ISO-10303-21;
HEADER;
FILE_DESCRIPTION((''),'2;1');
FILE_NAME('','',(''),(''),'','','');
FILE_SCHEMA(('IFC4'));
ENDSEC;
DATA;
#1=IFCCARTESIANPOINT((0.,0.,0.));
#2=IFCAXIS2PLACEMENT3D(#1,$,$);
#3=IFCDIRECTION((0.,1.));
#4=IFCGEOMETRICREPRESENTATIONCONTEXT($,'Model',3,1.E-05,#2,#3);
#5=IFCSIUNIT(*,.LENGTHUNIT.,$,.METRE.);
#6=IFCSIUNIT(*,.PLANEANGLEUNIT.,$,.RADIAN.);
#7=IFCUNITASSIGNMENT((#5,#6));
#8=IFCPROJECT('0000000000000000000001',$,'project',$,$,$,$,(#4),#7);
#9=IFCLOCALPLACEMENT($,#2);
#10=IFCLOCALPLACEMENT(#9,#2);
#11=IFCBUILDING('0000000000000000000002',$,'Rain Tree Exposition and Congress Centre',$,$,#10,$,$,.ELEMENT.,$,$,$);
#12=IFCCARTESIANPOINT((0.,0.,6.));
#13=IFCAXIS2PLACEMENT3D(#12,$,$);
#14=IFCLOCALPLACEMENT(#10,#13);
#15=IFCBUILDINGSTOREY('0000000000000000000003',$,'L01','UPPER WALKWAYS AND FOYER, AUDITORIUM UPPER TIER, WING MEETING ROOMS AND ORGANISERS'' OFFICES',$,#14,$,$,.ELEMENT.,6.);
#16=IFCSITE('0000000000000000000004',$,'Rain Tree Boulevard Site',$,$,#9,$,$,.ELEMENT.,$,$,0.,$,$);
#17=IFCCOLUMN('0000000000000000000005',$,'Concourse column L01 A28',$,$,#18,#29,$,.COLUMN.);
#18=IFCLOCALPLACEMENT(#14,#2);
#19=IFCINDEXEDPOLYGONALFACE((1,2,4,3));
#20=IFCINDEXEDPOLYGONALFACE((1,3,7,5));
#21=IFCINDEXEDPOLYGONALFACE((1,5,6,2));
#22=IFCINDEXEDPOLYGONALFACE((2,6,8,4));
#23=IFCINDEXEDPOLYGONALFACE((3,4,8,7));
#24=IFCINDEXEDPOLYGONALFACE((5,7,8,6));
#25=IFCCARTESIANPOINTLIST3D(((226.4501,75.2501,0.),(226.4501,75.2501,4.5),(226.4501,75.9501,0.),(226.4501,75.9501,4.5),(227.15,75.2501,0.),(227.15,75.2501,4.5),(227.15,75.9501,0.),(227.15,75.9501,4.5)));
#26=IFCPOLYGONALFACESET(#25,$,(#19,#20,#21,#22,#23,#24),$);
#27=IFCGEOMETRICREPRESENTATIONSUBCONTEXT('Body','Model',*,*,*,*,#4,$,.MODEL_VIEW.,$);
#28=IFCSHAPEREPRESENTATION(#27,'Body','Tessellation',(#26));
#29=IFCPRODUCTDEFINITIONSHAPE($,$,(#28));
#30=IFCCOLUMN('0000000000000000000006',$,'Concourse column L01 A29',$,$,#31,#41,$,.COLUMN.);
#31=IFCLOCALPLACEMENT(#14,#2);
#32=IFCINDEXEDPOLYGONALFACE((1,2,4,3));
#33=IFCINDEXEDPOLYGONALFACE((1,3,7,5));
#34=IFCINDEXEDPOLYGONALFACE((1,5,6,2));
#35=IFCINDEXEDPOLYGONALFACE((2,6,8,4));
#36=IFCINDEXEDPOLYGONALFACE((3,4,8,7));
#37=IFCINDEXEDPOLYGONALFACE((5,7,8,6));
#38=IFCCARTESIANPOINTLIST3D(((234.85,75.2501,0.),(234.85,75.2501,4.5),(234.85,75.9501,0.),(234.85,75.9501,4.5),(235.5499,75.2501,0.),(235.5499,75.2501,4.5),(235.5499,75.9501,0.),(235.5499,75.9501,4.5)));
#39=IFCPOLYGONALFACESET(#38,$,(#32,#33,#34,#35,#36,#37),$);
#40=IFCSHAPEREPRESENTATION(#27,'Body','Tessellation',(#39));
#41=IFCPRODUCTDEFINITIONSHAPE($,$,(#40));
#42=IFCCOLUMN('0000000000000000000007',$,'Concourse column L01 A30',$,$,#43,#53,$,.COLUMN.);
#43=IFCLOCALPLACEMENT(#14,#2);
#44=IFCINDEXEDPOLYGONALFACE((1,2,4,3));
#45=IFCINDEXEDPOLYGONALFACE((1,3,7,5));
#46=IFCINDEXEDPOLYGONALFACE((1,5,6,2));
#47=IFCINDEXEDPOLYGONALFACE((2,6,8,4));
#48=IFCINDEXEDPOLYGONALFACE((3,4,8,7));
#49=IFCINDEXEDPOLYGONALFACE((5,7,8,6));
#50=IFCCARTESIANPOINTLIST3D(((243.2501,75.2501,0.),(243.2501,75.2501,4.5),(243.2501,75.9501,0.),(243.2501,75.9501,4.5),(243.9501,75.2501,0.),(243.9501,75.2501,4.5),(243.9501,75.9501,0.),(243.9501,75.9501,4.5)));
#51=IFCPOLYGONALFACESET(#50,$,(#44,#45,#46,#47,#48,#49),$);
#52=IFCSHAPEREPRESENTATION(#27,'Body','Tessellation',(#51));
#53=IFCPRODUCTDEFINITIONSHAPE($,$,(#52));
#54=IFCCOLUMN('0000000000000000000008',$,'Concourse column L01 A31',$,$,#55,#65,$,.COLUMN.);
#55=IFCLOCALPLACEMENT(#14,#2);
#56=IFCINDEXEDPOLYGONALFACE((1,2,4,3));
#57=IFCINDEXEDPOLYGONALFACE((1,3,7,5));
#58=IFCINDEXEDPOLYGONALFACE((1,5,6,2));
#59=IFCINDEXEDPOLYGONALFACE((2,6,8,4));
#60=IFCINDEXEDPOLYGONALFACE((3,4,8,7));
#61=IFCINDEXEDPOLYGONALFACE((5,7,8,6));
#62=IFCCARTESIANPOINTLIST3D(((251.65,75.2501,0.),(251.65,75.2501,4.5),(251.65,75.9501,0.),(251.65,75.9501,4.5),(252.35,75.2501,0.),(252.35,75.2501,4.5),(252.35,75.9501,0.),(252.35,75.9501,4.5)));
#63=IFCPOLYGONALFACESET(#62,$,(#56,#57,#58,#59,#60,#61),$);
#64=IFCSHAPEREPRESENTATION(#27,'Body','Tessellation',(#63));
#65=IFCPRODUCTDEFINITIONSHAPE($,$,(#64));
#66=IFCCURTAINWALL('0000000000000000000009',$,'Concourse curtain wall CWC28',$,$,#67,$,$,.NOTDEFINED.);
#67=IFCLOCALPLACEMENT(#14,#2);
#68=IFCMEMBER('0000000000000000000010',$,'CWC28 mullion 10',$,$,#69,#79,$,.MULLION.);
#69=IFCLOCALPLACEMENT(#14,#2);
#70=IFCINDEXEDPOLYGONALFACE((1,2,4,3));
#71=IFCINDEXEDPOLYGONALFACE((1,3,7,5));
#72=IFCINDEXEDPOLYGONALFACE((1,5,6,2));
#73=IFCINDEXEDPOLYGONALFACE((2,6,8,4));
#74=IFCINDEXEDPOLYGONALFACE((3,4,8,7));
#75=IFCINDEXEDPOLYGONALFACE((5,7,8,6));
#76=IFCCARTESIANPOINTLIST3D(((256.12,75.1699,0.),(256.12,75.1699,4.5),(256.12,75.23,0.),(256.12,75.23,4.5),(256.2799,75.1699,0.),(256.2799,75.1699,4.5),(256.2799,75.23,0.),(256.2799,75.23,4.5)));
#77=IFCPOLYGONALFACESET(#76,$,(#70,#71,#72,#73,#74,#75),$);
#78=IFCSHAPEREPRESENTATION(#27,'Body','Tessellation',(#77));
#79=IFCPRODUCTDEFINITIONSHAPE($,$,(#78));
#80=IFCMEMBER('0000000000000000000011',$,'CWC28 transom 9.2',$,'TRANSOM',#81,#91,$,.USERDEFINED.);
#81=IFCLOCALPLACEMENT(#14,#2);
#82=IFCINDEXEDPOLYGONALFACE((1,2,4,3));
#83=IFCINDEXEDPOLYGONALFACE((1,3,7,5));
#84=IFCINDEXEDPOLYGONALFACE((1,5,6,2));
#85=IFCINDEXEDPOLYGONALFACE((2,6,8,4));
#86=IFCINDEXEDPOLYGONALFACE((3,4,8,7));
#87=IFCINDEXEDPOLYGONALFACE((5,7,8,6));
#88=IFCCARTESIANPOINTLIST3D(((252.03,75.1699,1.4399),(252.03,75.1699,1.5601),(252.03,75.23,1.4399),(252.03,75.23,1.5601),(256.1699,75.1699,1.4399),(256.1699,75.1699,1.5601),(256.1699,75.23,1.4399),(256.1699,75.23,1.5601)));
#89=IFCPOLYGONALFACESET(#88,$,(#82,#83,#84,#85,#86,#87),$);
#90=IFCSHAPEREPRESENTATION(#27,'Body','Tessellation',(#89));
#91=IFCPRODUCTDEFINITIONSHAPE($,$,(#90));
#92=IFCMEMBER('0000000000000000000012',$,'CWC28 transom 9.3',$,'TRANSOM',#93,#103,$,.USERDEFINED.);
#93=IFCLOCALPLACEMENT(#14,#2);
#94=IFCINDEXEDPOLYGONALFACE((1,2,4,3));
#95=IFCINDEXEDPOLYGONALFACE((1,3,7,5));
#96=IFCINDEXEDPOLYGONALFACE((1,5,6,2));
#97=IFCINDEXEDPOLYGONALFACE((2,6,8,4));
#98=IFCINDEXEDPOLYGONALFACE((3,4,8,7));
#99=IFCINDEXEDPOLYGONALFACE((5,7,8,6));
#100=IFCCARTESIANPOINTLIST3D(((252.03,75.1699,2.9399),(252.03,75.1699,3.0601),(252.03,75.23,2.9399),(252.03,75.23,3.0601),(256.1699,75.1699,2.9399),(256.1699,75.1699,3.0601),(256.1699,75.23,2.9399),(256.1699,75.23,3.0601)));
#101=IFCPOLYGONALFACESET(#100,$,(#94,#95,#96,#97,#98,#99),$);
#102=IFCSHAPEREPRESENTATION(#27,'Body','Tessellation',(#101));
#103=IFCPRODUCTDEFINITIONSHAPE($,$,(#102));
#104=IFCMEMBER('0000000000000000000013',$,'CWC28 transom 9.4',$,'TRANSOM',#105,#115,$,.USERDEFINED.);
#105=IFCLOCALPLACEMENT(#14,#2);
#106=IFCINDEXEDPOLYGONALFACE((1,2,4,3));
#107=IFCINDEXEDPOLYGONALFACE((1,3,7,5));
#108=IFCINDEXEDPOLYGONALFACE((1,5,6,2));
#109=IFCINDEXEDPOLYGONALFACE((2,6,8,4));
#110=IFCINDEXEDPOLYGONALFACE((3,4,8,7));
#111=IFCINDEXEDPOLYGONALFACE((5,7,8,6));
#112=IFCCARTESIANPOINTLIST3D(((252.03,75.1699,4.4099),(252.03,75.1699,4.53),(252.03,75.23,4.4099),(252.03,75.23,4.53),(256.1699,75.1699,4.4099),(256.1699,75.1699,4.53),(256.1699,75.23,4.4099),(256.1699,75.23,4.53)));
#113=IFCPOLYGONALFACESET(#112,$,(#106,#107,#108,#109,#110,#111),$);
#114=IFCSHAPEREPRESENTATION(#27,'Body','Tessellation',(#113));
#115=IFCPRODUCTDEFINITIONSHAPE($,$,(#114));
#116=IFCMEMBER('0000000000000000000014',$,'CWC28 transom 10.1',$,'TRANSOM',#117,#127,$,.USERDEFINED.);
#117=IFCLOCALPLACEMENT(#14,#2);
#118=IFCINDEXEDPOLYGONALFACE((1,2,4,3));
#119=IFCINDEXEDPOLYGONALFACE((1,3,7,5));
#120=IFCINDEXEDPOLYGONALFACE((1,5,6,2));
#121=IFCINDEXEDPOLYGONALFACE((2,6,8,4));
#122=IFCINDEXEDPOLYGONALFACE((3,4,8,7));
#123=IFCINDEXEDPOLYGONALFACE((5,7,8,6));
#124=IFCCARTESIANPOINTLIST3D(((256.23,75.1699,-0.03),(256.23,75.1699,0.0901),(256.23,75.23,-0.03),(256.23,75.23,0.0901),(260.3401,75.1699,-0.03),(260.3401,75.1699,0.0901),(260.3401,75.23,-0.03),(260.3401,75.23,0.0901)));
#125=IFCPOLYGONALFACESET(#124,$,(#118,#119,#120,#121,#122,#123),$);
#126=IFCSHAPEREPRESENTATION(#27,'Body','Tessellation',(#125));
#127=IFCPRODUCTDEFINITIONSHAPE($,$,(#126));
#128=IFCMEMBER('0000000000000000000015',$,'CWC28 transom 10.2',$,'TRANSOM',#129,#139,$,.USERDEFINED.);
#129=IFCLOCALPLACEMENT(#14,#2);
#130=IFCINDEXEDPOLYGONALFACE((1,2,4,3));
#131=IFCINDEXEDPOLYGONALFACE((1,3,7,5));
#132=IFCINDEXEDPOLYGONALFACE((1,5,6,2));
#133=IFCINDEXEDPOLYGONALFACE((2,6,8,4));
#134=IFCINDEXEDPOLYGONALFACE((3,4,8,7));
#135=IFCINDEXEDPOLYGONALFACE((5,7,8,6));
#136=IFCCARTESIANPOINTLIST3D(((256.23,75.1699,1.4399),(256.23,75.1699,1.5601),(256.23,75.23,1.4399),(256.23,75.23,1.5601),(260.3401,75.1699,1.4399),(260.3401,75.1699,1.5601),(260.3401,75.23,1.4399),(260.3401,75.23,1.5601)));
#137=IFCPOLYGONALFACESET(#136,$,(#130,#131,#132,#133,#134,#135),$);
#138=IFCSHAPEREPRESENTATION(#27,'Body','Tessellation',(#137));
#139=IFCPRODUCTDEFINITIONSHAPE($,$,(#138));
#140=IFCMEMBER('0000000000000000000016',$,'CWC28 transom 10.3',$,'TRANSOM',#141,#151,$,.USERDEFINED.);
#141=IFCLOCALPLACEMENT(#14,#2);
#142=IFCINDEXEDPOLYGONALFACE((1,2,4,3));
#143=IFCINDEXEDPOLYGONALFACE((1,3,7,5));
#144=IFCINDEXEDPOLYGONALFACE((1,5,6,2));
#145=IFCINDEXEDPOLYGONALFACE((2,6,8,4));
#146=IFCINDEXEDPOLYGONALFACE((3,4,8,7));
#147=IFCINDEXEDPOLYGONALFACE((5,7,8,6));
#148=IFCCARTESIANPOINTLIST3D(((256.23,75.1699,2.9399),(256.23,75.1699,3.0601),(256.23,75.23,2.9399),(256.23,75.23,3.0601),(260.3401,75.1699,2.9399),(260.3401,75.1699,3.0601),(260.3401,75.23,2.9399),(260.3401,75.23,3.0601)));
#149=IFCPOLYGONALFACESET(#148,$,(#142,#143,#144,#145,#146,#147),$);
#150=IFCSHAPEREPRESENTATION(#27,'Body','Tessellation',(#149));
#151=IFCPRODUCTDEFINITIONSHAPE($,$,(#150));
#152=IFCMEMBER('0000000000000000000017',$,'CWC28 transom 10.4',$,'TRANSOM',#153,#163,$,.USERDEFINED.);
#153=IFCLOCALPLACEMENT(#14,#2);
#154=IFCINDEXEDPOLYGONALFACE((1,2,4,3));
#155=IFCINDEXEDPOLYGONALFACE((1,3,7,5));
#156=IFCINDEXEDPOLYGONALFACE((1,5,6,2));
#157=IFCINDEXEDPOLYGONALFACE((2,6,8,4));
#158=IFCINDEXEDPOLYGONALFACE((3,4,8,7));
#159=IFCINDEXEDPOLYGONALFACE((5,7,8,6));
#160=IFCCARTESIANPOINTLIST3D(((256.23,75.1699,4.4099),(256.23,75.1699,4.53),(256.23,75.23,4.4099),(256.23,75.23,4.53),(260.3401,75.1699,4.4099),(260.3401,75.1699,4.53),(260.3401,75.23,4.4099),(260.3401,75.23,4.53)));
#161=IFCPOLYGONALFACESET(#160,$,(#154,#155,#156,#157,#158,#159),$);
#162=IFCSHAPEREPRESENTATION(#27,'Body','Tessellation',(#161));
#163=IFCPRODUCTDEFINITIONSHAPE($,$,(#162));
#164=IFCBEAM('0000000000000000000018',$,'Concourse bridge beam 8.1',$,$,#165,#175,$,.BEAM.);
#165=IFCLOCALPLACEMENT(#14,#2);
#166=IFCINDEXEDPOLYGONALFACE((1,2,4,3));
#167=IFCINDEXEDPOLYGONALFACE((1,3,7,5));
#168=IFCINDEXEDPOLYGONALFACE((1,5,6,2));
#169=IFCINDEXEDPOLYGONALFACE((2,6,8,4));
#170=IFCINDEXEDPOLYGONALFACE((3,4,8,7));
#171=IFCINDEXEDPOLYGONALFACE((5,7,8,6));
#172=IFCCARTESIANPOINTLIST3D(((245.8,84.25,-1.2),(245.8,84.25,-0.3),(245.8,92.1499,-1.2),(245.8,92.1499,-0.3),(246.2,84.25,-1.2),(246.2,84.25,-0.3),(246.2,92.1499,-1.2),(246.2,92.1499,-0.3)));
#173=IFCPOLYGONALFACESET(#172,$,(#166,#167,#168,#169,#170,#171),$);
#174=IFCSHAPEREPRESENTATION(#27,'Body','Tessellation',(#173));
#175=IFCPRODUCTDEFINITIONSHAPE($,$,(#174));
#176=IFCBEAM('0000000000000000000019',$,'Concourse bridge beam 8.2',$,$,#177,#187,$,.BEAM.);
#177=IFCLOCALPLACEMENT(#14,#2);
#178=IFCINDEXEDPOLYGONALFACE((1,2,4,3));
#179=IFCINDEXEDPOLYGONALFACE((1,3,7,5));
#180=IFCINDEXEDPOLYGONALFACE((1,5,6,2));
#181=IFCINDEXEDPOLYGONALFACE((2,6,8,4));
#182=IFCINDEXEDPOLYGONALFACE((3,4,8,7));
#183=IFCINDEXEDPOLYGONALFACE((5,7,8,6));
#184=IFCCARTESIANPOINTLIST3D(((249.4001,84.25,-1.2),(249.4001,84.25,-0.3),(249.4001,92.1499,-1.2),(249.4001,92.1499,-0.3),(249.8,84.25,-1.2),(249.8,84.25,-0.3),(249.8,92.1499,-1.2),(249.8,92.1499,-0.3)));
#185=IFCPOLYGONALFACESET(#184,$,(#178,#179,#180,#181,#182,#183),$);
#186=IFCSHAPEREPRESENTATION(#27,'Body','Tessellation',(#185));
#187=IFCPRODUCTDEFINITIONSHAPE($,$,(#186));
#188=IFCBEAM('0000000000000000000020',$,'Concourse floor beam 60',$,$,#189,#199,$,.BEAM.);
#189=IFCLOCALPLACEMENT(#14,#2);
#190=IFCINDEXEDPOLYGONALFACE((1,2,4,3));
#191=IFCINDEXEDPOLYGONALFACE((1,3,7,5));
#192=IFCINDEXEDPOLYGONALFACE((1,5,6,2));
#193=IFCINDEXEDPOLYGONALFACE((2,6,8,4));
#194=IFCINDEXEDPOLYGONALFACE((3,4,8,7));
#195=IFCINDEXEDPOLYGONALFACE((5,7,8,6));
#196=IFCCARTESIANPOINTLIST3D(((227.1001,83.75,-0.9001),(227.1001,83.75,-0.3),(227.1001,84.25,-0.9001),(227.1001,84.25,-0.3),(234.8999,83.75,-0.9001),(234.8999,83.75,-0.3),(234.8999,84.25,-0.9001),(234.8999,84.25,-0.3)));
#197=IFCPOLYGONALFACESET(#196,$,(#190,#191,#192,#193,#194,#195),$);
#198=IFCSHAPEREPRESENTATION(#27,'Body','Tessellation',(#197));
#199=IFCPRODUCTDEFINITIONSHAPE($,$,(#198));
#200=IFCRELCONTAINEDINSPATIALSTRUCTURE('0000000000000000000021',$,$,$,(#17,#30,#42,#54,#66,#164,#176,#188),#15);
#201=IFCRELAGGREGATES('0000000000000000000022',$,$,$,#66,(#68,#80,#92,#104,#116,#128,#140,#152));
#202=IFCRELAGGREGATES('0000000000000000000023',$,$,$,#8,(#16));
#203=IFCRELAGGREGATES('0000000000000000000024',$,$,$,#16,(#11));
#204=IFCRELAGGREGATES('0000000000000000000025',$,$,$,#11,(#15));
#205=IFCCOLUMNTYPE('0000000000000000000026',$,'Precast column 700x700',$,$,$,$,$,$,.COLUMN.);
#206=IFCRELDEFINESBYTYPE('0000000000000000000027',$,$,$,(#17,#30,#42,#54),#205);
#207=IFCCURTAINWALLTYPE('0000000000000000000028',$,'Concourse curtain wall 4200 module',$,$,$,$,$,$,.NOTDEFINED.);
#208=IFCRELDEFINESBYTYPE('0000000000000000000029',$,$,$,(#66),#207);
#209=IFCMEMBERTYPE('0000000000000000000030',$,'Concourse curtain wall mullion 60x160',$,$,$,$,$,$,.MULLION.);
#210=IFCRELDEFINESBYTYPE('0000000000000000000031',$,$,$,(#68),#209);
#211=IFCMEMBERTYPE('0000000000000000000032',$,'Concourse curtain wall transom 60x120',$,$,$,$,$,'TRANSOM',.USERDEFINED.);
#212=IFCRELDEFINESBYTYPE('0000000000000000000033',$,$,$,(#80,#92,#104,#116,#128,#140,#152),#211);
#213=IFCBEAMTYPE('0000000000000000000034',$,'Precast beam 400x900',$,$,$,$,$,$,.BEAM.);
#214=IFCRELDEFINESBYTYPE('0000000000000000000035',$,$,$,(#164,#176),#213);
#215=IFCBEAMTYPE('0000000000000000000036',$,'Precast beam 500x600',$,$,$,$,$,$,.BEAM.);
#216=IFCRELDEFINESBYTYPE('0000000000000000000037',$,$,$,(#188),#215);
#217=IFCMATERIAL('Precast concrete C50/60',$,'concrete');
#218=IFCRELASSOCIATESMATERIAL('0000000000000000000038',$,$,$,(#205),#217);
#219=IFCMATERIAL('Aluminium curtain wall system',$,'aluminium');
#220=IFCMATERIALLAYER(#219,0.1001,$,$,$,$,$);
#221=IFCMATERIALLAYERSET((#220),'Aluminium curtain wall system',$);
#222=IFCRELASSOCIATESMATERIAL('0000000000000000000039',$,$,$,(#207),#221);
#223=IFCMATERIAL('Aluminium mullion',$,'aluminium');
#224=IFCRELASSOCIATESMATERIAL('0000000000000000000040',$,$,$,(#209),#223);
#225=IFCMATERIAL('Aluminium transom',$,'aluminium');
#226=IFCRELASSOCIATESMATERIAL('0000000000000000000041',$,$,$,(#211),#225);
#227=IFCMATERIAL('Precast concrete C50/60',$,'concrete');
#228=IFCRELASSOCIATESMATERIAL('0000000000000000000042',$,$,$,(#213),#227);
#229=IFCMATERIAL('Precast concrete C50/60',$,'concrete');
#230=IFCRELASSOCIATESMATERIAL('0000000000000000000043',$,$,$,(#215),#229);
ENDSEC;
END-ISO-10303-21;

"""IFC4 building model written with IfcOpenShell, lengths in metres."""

from ifc_helpers import new_model, si_unit, direction, frame, origin, origin_2d, place, context, subcontext, project, spatial, rectangle, extrude, material, layer, layer_set, material_profile, profile_set, type_object, element, aggregate, save


model = new_model("IFC4")

# Units and contexts
model_context = context("Model", 3, precision=1e-05, world=origin(), true_north=direction((0.0, 1.0)))
body_context = subcontext(model_context, "Body", "Model", "MODEL_VIEW")
ifc_project = project(units=[si_unit("LENGTHUNIT", "METRE"), si_unit("PLANEANGLEUNIT", "RADIAN")], contexts=[model_context])

# Site, building, storey
site_placement = place(None, origin())
site = spatial("IfcSite", under=ifc_project, at=site_placement, Name="Rain Tree Boulevard Site", CompositionType="ELEMENT", RefElevation=0.0)
building_placement = place(site_placement, origin())
building = spatial("IfcBuilding", under=site, at=building_placement, Name="Rain Tree Exposition and Congress Centre", CompositionType="ELEMENT")
storey_placement = place(building_placement, frame((0.0, 0.0, 6.0)))
storey = spatial("IfcBuildingStorey", under=building, at=storey_placement, Name="L01", Description="UPPER WALKWAYS AND FOYER, AUDITORIUM UPPER TIER, WING MEETING ROOMS AND ORGANISERS' OFFICES", CompositionType="ELEMENT", Elevation=6.0)

# Columns
ifc_material_1 = material(Name="Precast concrete C50/60", Category="concrete")
ifc_material_profile_1 = material_profile(ifc_material_1, rectangle(XDim=0.7, YDim=0.7, at=origin_2d()), Name="RC 700x700")
ifc_profile_set_1 = profile_set([ifc_material_profile_1], Name="Precast concrete C50/60")
column_type = type_object("IfcColumnType", Name="Precast column 700x700", PredefinedType="COLUMN", material=ifc_profile_set_1)
for number, where, z_axis, x_axis, name in (
    (1, (226.8, 75.6001, 0.0), (0.0, 0.0, 1.0), (1.0, 0.0, 0.0), "Concourse column L01 A28"),
    (2, (235.2, 75.6001, 0.0), (0.0, 0.0, 1.0), (1.0, 0.0, 0.0), "Concourse column L01 A29"),
    (3, (243.6001, 75.6001, 0.0), (0.0, 0.0, 1.0), (1.0, 0.0, 0.0), "Concourse column L01 A30"),
    (4, (252.0, 75.6001, 0.0), (0.0, 0.0, 1.0), (1.0, 0.0, 0.0), "Concourse column L01 A31"),
):
    element("IfcColumn", number, at=place(storey_placement, frame(where, z_axis=z_axis, x_axis=x_axis)), inside=storey, type_object=column_type, Name=name, PredefinedType="COLUMN", context=body_context, shape_type="SweptSolid", body=[
        extrude(rectangle(XDim=0.7, YDim=0.7, at=origin_2d()), origin(), (0.0, 0.0, 1.0), 4.5),
    ])

# Curtain wall, members
ifc_material_2 = material(Name="Aluminium curtain wall system", Category="aluminium")
ifc_layer_1 = layer(ifc_material_2, 0.1001)
ifc_layer_set_1 = layer_set([ifc_layer_1], Name="Aluminium curtain wall system")
curtain_wall_type = type_object("IfcCurtainWallType", Name="Concourse curtain wall 4200 module", PredefinedType="NOTDEFINED", material=ifc_layer_set_1)
curtain_wall_placement = place(storey_placement, origin())
curtain_wall = element("IfcCurtainWall", 5, at=curtain_wall_placement, inside=storey, type_object=curtain_wall_type, Name="Concourse curtain wall CWC28", PredefinedType="NOTDEFINED")
ifc_material_3 = material(Name="Aluminium mullion", Category="aluminium")
ifc_material_profile_2 = material_profile(ifc_material_3, rectangle(XDim=0.0601, YDim=0.1599, at=origin_2d()), Name="AL 60x160")
ifc_profile_set_2 = profile_set([ifc_material_profile_2], Name="Aluminium mullion")
member_type_1 = type_object("IfcMemberType", Name="Concourse curtain wall mullion 60x160", PredefinedType="MULLION", material=ifc_profile_set_2)
member_1_placement = place(storey_placement, frame((256.2, 75.2, 0.0), z_axis=(0.0, 0.0, 1.0), x_axis=(0.0, 1.0, 0.0)))
member_1 = element("IfcMember", 6, at=member_1_placement, type_object=member_type_1, Name="CWC28 mullion 10", PredefinedType="MULLION", context=body_context, shape_type="SweptSolid", body=[
    extrude(rectangle(XDim=0.0601, YDim=0.1599, at=origin_2d()), origin(), (0.0, 0.0, 1.0), 4.5),
])
ifc_material_4 = material(Name="Aluminium transom", Category="aluminium")
ifc_material_profile_3 = material_profile(ifc_material_4, rectangle(XDim=0.0601, YDim=0.1201, at=origin_2d()), Name="AL 60x120")
ifc_profile_set_3 = profile_set([ifc_material_profile_3], Name="Aluminium transom")
member_type_2 = type_object("IfcMemberType", Name="Concourse curtain wall transom 60x120", ElementType="TRANSOM", PredefinedType="USERDEFINED", material=ifc_profile_set_3)
member_2_placement = place(storey_placement, frame((252.03, 75.2, 1.5), z_axis=(1.0, 0.0, 0.0), x_axis=(0.0, 1.0, 0.0)))
member_2 = element("IfcMember", 7, at=member_2_placement, type_object=member_type_2, Name="CWC28 transom 9.2", ObjectType="TRANSOM", PredefinedType="USERDEFINED", context=body_context, shape_type="SweptSolid", body=[
    extrude(rectangle(XDim=0.0601, YDim=0.1201, at=origin_2d()), origin(), (0.0, 0.0, 1.0), 4.1399),
])
member_3_placement = place(storey_placement, frame((252.03, 75.2, 3.0), z_axis=(1.0, 0.0, 0.0), x_axis=(0.0, 1.0, 0.0)))
member_3 = element("IfcMember", 8, at=member_3_placement, type_object=member_type_2, Name="CWC28 transom 9.3", ObjectType="TRANSOM", PredefinedType="USERDEFINED", context=body_context, shape_type="SweptSolid", body=[
    extrude(rectangle(XDim=0.0601, YDim=0.1201, at=origin_2d()), origin(), (0.0, 0.0, 1.0), 4.1399),
])
member_4_placement = place(storey_placement, frame((252.03, 75.2, 4.47), z_axis=(1.0, 0.0, 0.0), x_axis=(0.0, 1.0, 0.0)))
member_4 = element("IfcMember", 9, at=member_4_placement, type_object=member_type_2, Name="CWC28 transom 9.4", ObjectType="TRANSOM", PredefinedType="USERDEFINED", context=body_context, shape_type="SweptSolid", body=[
    extrude(rectangle(XDim=0.0601, YDim=0.1201, at=origin_2d()), origin(), (0.0, 0.0, 1.0), 4.1399),
])
member_5_placement = place(storey_placement, frame((256.23, 75.2, 0.03), z_axis=(1.0, 0.0, 0.0), x_axis=(0.0, 1.0, 0.0)))
member_5 = element("IfcMember", 10, at=member_5_placement, type_object=member_type_2, Name="CWC28 transom 10.1", ObjectType="TRANSOM", PredefinedType="USERDEFINED", context=body_context, shape_type="SweptSolid", body=[
    extrude(rectangle(XDim=0.0601, YDim=0.1201, at=origin_2d()), origin(), (0.0, 0.0, 1.0), 4.1101),
])
member_6_placement = place(storey_placement, frame((256.23, 75.2, 1.5), z_axis=(1.0, 0.0, 0.0), x_axis=(0.0, 1.0, 0.0)))
member_6 = element("IfcMember", 11, at=member_6_placement, type_object=member_type_2, Name="CWC28 transom 10.2", ObjectType="TRANSOM", PredefinedType="USERDEFINED", context=body_context, shape_type="SweptSolid", body=[
    extrude(rectangle(XDim=0.0601, YDim=0.1201, at=origin_2d()), origin(), (0.0, 0.0, 1.0), 4.1101),
])
member_7_placement = place(storey_placement, frame((256.23, 75.2, 3.0), z_axis=(1.0, 0.0, 0.0), x_axis=(0.0, 1.0, 0.0)))
member_7 = element("IfcMember", 12, at=member_7_placement, type_object=member_type_2, Name="CWC28 transom 10.3", ObjectType="TRANSOM", PredefinedType="USERDEFINED", context=body_context, shape_type="SweptSolid", body=[
    extrude(rectangle(XDim=0.0601, YDim=0.1201, at=origin_2d()), origin(), (0.0, 0.0, 1.0), 4.1101),
])
member_8_placement = place(storey_placement, frame((256.23, 75.2, 4.47), z_axis=(1.0, 0.0, 0.0), x_axis=(0.0, 1.0, 0.0)))
member_8 = element("IfcMember", 13, at=member_8_placement, type_object=member_type_2, Name="CWC28 transom 10.4", ObjectType="TRANSOM", PredefinedType="USERDEFINED", context=body_context, shape_type="SweptSolid", body=[
    extrude(rectangle(XDim=0.0601, YDim=0.1201, at=origin_2d()), origin(), (0.0, 0.0, 1.0), 4.1101),
])

# Beams
ifc_material_5 = material(Name="Precast concrete C50/60", Category="concrete")
ifc_material_profile_4 = material_profile(ifc_material_5, rectangle(XDim=0.3999, YDim=0.8999, at=origin_2d()), Name="RC 400x900")
ifc_profile_set_4 = profile_set([ifc_material_profile_4], Name="Precast concrete C50/60")
beam_type_1 = type_object("IfcBeamType", Name="Precast beam 400x900", PredefinedType="BEAM", material=ifc_profile_set_4)
for number, where, z_axis, x_axis, name in (
    (14, (246.0, 84.25, -0.75), (0.0, 1.0, 0.0), (-1.0, 0.0, 0.0), "Concourse bridge beam 8.1"),
    (15, (249.6001, 84.25, -0.75), (0.0, 1.0, 0.0), (-1.0, 0.0, 0.0), "Concourse bridge beam 8.2"),
):
    element("IfcBeam", number, at=place(storey_placement, frame(where, z_axis=z_axis, x_axis=x_axis)), inside=storey, type_object=beam_type_1, Name=name, PredefinedType="BEAM", context=body_context, shape_type="SweptSolid", body=[
        extrude(rectangle(XDim=0.3999, YDim=0.8999, at=origin_2d()), origin(), (0.0, 0.0, 1.0), 7.8999),
    ])
ifc_material_6 = material(Name="Precast concrete C50/60", Category="concrete")
ifc_material_profile_5 = material_profile(ifc_material_6, rectangle(XDim=0.5, YDim=0.6001, at=origin_2d()), Name="RC 500x600")
ifc_profile_set_5 = profile_set([ifc_material_profile_5], Name="Precast concrete C50/60")
beam_type_2 = type_object("IfcBeamType", Name="Precast beam 500x600", PredefinedType="BEAM", material=ifc_profile_set_5)
beam_1_placement = place(storey_placement, frame((227.1001, 84.0, -0.6001), z_axis=(1.0, 0.0, 0.0), x_axis=(0.0, 1.0, 0.0)))
element("IfcBeam", 16, at=beam_1_placement, inside=storey, type_object=beam_type_2, Name="Concourse floor beam 60", PredefinedType="BEAM", context=body_context, shape_type="SweptSolid", body=[
    extrude(rectangle(XDim=0.5, YDim=0.6001, at=origin_2d()), origin(), (0.0, 0.0, 1.0), 7.7998),
])

aggregate(curtain_wall, [member_1, member_2, member_3, member_4, member_5, member_6, member_7, member_8])

save(model, "model.ifc")
